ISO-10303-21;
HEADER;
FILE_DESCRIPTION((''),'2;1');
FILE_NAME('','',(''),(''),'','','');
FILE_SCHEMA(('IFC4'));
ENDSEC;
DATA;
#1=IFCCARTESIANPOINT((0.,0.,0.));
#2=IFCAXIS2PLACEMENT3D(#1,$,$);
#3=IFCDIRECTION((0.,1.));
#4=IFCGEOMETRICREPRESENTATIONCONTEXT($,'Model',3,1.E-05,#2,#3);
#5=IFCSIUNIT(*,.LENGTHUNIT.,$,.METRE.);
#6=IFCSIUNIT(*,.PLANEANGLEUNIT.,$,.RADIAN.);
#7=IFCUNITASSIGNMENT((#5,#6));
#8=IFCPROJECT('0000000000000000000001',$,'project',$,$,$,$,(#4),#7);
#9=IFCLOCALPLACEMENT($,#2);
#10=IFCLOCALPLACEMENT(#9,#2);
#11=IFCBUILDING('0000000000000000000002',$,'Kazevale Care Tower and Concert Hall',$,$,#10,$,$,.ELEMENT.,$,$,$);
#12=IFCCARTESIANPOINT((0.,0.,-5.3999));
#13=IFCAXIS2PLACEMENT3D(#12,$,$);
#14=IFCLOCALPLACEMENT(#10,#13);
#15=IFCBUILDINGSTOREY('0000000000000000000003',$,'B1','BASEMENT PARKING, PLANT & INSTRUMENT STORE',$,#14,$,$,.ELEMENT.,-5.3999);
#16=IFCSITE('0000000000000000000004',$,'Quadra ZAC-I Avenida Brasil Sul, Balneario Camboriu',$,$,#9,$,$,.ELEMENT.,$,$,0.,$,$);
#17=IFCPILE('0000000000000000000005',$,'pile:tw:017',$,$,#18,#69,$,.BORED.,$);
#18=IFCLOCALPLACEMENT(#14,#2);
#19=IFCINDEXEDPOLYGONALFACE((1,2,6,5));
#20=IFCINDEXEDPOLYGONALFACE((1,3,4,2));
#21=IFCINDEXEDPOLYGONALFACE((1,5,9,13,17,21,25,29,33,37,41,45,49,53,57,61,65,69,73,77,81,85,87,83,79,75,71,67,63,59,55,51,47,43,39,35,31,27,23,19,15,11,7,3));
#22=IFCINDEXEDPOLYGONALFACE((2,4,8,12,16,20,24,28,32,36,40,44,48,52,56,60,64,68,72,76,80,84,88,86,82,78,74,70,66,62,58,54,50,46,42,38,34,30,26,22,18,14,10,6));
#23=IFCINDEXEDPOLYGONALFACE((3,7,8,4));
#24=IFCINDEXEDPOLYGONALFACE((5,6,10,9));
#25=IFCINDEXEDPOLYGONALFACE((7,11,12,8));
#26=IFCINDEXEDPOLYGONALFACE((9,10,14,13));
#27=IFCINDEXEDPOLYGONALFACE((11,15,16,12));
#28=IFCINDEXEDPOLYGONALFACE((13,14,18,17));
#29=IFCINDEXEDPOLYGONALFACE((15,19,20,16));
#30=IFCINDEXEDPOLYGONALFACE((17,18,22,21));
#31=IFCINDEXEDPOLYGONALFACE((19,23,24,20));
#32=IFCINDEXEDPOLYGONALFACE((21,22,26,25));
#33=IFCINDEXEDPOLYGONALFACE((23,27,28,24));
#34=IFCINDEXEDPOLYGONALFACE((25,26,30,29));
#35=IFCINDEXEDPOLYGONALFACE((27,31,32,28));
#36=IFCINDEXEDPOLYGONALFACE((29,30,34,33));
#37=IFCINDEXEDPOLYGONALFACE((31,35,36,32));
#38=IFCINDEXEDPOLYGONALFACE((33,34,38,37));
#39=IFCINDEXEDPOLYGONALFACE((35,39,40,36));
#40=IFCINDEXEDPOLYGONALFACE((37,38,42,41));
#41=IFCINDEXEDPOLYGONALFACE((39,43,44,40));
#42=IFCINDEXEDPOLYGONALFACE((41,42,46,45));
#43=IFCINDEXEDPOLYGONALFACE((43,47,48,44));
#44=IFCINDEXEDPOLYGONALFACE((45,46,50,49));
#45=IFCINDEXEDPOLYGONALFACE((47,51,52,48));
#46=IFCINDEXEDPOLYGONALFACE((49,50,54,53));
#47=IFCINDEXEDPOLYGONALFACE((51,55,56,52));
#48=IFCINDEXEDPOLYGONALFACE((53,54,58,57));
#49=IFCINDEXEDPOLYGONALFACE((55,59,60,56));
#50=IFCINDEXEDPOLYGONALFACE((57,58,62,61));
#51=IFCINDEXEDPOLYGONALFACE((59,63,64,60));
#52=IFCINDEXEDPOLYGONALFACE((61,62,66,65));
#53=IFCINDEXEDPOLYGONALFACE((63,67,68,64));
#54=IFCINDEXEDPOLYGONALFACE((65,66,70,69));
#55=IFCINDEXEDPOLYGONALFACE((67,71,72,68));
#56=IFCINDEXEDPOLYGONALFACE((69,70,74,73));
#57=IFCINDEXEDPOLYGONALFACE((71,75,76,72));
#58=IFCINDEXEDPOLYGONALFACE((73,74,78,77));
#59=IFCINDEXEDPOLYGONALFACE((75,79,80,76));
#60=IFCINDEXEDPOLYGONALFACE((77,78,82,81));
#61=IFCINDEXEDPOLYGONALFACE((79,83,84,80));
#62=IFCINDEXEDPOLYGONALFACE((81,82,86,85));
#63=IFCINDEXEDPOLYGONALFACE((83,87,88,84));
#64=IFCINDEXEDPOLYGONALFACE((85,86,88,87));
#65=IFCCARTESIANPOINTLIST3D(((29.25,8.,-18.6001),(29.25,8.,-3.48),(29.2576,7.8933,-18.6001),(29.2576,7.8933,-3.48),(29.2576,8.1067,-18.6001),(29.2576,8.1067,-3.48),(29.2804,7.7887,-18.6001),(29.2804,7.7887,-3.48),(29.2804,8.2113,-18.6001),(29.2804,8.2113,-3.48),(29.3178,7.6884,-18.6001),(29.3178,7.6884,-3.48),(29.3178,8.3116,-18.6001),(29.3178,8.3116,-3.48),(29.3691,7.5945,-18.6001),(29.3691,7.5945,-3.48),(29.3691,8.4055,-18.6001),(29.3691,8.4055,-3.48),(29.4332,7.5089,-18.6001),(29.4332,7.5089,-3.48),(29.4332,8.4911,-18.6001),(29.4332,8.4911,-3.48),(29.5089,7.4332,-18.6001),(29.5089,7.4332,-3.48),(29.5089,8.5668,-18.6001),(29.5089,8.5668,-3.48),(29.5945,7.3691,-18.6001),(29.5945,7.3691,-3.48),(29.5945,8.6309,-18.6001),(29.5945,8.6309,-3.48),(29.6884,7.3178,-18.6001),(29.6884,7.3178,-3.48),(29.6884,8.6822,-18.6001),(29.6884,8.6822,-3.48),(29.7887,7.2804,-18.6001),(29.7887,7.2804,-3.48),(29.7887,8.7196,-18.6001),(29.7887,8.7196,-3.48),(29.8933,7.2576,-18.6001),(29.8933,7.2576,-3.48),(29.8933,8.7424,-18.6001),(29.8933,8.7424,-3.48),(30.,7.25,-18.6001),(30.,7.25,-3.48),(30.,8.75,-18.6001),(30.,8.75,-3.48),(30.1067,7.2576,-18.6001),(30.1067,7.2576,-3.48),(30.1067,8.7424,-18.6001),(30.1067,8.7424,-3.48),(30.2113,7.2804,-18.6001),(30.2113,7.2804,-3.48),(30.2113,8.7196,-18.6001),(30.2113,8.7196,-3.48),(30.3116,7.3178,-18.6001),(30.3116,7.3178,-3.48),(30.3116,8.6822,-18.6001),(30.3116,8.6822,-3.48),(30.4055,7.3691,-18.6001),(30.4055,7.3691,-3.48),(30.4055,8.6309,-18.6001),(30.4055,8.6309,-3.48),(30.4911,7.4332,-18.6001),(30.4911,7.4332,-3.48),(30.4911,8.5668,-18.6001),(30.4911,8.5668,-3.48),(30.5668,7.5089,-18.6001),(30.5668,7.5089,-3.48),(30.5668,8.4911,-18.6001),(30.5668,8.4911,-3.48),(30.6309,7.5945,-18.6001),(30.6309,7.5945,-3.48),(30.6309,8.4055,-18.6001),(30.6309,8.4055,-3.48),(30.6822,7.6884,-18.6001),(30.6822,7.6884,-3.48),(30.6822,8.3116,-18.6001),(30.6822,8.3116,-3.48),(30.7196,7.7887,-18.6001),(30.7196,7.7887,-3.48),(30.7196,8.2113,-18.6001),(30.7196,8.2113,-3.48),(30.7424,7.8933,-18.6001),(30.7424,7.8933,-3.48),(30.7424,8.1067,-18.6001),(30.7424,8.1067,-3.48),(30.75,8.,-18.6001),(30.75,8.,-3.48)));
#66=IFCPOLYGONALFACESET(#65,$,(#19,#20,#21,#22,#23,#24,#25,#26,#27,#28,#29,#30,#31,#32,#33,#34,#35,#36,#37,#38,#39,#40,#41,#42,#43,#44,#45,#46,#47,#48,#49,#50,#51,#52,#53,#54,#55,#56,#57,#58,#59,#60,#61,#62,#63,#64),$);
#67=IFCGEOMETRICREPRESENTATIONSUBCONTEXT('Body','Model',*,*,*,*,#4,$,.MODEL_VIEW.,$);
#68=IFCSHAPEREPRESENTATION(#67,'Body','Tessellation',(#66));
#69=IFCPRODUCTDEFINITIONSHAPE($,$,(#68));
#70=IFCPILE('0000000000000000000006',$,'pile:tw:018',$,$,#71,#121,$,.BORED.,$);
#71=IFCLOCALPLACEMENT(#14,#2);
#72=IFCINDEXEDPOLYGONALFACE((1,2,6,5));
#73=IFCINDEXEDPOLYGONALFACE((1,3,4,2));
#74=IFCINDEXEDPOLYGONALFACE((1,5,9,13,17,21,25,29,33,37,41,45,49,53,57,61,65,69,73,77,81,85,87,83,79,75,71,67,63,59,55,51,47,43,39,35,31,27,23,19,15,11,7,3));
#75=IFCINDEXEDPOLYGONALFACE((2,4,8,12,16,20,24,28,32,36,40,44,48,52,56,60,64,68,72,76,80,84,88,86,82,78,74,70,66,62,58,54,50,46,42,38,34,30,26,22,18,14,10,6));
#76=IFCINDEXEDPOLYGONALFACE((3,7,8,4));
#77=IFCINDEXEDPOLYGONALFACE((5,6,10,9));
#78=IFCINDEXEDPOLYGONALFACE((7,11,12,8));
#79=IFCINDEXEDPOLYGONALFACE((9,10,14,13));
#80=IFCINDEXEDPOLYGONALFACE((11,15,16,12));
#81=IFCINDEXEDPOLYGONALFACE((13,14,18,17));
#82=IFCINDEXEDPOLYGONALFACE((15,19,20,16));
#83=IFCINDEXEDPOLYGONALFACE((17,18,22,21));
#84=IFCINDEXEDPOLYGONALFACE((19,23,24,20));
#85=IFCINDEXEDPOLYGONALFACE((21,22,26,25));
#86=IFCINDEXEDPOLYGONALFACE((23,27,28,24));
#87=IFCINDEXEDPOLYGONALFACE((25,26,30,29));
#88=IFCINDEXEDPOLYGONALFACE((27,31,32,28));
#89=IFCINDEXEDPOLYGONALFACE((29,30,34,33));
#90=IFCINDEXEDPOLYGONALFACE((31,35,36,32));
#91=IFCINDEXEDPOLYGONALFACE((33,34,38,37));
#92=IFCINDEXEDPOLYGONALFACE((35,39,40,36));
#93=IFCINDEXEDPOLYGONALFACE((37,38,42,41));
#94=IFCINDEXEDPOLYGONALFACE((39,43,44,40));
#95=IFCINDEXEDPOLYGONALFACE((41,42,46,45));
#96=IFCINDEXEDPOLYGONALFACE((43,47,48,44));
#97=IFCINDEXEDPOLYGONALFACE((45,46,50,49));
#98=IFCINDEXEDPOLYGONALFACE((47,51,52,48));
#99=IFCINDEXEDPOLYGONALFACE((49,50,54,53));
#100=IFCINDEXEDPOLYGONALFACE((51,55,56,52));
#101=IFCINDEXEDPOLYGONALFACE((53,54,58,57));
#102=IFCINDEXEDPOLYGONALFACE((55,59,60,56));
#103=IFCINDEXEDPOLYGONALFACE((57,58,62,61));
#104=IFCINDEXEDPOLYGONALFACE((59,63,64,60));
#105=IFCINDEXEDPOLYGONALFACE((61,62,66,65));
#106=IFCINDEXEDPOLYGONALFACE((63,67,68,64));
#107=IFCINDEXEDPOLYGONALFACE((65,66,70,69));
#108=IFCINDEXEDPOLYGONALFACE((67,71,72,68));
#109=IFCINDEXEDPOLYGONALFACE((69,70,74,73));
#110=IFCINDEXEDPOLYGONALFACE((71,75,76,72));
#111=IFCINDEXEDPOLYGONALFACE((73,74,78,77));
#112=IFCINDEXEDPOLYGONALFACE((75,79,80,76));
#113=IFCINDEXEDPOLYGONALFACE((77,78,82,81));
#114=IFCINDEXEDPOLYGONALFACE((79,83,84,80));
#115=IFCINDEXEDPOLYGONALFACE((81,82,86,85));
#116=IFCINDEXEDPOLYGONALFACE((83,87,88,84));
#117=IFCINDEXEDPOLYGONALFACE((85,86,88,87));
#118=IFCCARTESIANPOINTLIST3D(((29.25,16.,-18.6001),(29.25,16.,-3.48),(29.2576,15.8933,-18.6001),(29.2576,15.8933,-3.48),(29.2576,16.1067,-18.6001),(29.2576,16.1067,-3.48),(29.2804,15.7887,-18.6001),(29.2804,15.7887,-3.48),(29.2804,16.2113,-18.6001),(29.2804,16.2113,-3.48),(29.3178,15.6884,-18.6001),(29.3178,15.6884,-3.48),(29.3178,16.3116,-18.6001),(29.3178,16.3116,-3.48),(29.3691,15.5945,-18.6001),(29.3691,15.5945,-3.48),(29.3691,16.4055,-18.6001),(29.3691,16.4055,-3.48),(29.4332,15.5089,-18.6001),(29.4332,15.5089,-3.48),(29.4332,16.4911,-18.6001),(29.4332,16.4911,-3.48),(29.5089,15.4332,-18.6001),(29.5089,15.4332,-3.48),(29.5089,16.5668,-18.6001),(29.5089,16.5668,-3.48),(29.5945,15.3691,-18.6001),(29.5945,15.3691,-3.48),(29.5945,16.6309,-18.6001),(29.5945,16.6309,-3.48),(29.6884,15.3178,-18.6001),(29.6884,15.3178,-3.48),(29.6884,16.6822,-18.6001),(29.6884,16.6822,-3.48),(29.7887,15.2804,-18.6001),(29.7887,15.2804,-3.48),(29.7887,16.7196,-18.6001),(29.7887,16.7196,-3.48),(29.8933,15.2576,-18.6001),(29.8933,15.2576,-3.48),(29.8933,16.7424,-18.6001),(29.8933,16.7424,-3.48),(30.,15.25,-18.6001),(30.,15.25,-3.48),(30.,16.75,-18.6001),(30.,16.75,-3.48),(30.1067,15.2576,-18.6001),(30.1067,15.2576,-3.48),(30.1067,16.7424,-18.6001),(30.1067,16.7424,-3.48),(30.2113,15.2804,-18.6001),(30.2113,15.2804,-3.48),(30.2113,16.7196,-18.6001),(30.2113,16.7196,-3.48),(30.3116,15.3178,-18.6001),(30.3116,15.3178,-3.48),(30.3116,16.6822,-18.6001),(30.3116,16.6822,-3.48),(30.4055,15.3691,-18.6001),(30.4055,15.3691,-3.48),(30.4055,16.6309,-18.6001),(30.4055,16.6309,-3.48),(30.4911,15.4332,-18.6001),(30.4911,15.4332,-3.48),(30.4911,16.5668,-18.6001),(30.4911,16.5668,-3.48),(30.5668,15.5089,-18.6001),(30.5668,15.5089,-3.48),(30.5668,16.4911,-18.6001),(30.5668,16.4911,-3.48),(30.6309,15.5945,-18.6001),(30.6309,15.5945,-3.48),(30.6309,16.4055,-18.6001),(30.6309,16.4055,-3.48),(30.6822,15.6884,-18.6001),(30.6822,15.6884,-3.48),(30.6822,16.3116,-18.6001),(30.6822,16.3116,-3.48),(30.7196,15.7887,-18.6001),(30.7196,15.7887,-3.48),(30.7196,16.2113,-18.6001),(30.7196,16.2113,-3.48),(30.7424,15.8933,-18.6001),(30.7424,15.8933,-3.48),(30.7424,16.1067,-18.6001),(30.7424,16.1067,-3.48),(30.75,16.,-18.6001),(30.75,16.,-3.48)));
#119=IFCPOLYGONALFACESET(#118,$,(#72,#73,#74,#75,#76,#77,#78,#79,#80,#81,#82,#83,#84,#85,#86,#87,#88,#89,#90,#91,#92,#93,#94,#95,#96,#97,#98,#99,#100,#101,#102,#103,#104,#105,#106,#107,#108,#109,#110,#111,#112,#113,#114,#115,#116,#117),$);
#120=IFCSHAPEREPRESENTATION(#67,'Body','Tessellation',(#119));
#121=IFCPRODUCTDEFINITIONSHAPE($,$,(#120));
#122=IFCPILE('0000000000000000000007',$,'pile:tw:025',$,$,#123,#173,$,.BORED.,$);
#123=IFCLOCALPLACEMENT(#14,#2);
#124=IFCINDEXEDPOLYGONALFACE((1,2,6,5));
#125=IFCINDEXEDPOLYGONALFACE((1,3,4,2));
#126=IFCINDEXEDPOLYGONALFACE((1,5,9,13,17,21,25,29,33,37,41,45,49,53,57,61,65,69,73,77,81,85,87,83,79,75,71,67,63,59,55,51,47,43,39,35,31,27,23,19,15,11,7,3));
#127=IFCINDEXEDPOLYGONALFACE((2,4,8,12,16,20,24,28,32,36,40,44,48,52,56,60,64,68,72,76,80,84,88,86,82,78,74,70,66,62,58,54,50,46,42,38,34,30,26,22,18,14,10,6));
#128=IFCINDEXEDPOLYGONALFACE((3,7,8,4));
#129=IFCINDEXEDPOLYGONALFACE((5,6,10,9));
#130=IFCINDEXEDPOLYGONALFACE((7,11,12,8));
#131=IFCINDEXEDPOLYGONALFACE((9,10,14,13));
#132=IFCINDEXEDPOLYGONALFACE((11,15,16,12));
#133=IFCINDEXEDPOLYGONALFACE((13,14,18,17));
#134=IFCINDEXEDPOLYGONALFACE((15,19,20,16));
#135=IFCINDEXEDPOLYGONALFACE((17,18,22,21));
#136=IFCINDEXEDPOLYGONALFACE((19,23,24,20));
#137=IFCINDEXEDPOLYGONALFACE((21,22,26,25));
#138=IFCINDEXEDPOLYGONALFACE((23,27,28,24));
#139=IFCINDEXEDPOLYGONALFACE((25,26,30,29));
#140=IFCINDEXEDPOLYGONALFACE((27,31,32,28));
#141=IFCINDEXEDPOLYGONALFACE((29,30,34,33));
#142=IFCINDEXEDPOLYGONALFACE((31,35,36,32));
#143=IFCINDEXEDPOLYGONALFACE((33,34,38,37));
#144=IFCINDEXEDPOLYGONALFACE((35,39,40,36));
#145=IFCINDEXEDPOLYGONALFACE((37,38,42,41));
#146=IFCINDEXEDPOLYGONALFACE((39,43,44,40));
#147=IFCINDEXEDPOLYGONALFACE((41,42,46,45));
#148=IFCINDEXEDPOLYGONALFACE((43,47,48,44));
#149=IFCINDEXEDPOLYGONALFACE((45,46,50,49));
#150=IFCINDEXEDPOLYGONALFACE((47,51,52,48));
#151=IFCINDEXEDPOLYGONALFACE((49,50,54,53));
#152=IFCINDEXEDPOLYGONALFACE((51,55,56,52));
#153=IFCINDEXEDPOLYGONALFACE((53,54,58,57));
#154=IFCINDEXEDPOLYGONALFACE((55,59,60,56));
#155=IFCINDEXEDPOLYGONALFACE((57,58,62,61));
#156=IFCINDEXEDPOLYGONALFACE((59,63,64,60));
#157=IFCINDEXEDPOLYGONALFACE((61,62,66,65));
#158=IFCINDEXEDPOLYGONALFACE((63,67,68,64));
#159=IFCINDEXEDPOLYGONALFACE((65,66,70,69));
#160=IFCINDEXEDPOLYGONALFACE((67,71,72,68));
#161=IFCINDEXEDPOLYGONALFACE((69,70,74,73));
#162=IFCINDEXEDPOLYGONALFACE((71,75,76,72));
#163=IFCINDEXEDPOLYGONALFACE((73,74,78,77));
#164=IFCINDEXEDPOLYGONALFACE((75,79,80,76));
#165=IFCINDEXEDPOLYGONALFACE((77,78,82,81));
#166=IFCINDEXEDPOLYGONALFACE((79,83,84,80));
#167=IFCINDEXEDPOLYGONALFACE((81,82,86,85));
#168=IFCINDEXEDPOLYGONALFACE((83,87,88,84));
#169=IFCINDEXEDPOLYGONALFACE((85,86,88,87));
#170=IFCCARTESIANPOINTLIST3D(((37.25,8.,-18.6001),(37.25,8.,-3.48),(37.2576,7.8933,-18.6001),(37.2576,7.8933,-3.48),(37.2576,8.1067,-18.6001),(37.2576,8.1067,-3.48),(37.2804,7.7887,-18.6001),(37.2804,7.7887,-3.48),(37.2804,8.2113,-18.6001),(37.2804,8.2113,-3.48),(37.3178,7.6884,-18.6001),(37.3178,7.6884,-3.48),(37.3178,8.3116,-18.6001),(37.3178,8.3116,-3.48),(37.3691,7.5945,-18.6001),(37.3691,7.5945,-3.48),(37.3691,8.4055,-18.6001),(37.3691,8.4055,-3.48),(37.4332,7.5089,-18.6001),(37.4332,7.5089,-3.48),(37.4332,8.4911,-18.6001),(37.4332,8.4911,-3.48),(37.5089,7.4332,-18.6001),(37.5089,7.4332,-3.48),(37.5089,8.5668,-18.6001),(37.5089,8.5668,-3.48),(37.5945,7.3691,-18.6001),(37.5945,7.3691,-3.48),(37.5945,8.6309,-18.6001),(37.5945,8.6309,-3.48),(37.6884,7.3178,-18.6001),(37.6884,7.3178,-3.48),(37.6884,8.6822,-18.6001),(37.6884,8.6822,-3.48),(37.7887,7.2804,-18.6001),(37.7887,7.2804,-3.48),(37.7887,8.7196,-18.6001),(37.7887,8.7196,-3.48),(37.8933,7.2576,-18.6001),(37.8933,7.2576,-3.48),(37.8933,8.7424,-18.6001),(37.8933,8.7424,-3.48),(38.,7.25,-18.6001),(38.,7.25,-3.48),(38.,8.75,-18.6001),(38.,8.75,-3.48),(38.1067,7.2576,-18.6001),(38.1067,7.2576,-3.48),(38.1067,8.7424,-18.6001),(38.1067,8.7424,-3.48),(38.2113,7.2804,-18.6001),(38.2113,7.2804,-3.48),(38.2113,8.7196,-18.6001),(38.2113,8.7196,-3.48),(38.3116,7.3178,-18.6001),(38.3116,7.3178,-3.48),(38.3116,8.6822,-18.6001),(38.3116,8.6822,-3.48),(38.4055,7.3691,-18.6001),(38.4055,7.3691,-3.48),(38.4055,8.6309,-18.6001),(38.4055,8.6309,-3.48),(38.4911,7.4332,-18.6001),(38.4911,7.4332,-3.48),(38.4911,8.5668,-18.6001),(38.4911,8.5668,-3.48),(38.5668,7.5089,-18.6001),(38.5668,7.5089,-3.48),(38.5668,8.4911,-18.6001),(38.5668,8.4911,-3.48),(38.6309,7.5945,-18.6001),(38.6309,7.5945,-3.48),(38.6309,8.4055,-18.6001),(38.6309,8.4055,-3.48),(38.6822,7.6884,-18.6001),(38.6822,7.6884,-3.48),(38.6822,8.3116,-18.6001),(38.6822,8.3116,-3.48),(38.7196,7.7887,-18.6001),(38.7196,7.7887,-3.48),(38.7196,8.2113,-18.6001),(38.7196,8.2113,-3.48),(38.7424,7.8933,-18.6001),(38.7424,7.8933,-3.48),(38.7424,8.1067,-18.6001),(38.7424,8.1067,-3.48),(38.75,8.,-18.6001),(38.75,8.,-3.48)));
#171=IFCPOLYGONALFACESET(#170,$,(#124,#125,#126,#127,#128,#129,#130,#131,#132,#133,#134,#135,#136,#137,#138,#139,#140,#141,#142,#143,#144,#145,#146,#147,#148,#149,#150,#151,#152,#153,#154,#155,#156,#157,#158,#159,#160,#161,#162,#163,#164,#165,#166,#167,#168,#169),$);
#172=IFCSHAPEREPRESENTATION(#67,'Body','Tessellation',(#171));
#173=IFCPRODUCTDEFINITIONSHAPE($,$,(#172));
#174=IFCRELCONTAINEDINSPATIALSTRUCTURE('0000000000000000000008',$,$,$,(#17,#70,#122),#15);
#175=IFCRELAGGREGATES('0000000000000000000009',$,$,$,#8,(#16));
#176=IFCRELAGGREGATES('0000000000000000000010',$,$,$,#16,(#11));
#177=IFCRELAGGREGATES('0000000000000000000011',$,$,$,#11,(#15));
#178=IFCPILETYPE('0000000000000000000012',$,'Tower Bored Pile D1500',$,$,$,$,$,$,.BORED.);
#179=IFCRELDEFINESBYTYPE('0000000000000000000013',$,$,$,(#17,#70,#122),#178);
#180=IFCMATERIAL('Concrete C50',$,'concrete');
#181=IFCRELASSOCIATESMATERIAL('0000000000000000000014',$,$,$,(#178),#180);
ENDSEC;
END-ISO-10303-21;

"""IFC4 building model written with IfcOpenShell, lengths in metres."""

from ifc_helpers import new_model, si_unit, direction, frame, origin, origin_2d, place, context, subcontext, project, spatial, circle, extrude, material, material_profile, profile_set, type_object, element, save


model = new_model("IFC4")

# Units and contexts
model_context = context("Model", 3, precision=1e-05, world=origin(), true_north=direction((0.0, 1.0)))
body_context = subcontext(model_context, "Body", "Model", "MODEL_VIEW")
ifc_project = project(units=[si_unit("LENGTHUNIT", "METRE"), si_unit("PLANEANGLEUNIT", "RADIAN")], contexts=[model_context])

# Site, building, storey
site_placement = place(None, origin())
site = spatial("IfcSite", under=ifc_project, at=site_placement, Name="Quadra ZAC-I Avenida Brasil Sul, Balneario Camboriu", CompositionType="ELEMENT", RefElevation=0.0)
building_placement = place(site_placement, origin())
building = spatial("IfcBuilding", under=site, at=building_placement, Name="Kazevale Care Tower and Concert Hall", CompositionType="ELEMENT")
storey_placement = place(building_placement, frame((0.0, 0.0, -5.3999)))
storey = spatial("IfcBuildingStorey", under=building, at=storey_placement, Name="B1", Description="BASEMENT PARKING, PLANT & INSTRUMENT STORE", CompositionType="ELEMENT", Elevation=-5.3999)

# Piles
ifc_material_1 = material(Name="Concrete C50", Category="concrete")
ifc_material_profile_1 = material_profile(ifc_material_1, circle(Radius=0.75, at=origin_2d()), Name="PILE-D1500")
ifc_profile_set_1 = profile_set([ifc_material_profile_1], Name="Concrete C50")
pile_type = type_object("IfcPileType", Name="Tower Bored Pile D1500", PredefinedType="BORED", material=ifc_profile_set_1)
for number, where, z_axis, x_axis, name in (
    (1, (30.0, 8.0, -3.48), (0.0, 0.0, -1.0), (1.0, 0.0, 0.0), "pile:tw:017"),
    (2, (30.0, 16.0, -3.48), (0.0, 0.0, -1.0), (1.0, 0.0, 0.0), "pile:tw:018"),
    (3, (38.0, 8.0, -3.48), (0.0, 0.0, -1.0), (1.0, 0.0, 0.0), "pile:tw:025"),
):
    element("IfcPile", number, at=place(storey_placement, frame(where, z_axis=z_axis, x_axis=x_axis)), inside=storey, type_object=pile_type, Name=name, PredefinedType="BORED", context=body_context, shape_type="SweptSolid", body=[
        extrude(circle(Radius=0.75, at=origin_2d()), origin(), (0.0, 0.0, 1.0), 15.1201),
    ])

save(model, "model.ifc")
